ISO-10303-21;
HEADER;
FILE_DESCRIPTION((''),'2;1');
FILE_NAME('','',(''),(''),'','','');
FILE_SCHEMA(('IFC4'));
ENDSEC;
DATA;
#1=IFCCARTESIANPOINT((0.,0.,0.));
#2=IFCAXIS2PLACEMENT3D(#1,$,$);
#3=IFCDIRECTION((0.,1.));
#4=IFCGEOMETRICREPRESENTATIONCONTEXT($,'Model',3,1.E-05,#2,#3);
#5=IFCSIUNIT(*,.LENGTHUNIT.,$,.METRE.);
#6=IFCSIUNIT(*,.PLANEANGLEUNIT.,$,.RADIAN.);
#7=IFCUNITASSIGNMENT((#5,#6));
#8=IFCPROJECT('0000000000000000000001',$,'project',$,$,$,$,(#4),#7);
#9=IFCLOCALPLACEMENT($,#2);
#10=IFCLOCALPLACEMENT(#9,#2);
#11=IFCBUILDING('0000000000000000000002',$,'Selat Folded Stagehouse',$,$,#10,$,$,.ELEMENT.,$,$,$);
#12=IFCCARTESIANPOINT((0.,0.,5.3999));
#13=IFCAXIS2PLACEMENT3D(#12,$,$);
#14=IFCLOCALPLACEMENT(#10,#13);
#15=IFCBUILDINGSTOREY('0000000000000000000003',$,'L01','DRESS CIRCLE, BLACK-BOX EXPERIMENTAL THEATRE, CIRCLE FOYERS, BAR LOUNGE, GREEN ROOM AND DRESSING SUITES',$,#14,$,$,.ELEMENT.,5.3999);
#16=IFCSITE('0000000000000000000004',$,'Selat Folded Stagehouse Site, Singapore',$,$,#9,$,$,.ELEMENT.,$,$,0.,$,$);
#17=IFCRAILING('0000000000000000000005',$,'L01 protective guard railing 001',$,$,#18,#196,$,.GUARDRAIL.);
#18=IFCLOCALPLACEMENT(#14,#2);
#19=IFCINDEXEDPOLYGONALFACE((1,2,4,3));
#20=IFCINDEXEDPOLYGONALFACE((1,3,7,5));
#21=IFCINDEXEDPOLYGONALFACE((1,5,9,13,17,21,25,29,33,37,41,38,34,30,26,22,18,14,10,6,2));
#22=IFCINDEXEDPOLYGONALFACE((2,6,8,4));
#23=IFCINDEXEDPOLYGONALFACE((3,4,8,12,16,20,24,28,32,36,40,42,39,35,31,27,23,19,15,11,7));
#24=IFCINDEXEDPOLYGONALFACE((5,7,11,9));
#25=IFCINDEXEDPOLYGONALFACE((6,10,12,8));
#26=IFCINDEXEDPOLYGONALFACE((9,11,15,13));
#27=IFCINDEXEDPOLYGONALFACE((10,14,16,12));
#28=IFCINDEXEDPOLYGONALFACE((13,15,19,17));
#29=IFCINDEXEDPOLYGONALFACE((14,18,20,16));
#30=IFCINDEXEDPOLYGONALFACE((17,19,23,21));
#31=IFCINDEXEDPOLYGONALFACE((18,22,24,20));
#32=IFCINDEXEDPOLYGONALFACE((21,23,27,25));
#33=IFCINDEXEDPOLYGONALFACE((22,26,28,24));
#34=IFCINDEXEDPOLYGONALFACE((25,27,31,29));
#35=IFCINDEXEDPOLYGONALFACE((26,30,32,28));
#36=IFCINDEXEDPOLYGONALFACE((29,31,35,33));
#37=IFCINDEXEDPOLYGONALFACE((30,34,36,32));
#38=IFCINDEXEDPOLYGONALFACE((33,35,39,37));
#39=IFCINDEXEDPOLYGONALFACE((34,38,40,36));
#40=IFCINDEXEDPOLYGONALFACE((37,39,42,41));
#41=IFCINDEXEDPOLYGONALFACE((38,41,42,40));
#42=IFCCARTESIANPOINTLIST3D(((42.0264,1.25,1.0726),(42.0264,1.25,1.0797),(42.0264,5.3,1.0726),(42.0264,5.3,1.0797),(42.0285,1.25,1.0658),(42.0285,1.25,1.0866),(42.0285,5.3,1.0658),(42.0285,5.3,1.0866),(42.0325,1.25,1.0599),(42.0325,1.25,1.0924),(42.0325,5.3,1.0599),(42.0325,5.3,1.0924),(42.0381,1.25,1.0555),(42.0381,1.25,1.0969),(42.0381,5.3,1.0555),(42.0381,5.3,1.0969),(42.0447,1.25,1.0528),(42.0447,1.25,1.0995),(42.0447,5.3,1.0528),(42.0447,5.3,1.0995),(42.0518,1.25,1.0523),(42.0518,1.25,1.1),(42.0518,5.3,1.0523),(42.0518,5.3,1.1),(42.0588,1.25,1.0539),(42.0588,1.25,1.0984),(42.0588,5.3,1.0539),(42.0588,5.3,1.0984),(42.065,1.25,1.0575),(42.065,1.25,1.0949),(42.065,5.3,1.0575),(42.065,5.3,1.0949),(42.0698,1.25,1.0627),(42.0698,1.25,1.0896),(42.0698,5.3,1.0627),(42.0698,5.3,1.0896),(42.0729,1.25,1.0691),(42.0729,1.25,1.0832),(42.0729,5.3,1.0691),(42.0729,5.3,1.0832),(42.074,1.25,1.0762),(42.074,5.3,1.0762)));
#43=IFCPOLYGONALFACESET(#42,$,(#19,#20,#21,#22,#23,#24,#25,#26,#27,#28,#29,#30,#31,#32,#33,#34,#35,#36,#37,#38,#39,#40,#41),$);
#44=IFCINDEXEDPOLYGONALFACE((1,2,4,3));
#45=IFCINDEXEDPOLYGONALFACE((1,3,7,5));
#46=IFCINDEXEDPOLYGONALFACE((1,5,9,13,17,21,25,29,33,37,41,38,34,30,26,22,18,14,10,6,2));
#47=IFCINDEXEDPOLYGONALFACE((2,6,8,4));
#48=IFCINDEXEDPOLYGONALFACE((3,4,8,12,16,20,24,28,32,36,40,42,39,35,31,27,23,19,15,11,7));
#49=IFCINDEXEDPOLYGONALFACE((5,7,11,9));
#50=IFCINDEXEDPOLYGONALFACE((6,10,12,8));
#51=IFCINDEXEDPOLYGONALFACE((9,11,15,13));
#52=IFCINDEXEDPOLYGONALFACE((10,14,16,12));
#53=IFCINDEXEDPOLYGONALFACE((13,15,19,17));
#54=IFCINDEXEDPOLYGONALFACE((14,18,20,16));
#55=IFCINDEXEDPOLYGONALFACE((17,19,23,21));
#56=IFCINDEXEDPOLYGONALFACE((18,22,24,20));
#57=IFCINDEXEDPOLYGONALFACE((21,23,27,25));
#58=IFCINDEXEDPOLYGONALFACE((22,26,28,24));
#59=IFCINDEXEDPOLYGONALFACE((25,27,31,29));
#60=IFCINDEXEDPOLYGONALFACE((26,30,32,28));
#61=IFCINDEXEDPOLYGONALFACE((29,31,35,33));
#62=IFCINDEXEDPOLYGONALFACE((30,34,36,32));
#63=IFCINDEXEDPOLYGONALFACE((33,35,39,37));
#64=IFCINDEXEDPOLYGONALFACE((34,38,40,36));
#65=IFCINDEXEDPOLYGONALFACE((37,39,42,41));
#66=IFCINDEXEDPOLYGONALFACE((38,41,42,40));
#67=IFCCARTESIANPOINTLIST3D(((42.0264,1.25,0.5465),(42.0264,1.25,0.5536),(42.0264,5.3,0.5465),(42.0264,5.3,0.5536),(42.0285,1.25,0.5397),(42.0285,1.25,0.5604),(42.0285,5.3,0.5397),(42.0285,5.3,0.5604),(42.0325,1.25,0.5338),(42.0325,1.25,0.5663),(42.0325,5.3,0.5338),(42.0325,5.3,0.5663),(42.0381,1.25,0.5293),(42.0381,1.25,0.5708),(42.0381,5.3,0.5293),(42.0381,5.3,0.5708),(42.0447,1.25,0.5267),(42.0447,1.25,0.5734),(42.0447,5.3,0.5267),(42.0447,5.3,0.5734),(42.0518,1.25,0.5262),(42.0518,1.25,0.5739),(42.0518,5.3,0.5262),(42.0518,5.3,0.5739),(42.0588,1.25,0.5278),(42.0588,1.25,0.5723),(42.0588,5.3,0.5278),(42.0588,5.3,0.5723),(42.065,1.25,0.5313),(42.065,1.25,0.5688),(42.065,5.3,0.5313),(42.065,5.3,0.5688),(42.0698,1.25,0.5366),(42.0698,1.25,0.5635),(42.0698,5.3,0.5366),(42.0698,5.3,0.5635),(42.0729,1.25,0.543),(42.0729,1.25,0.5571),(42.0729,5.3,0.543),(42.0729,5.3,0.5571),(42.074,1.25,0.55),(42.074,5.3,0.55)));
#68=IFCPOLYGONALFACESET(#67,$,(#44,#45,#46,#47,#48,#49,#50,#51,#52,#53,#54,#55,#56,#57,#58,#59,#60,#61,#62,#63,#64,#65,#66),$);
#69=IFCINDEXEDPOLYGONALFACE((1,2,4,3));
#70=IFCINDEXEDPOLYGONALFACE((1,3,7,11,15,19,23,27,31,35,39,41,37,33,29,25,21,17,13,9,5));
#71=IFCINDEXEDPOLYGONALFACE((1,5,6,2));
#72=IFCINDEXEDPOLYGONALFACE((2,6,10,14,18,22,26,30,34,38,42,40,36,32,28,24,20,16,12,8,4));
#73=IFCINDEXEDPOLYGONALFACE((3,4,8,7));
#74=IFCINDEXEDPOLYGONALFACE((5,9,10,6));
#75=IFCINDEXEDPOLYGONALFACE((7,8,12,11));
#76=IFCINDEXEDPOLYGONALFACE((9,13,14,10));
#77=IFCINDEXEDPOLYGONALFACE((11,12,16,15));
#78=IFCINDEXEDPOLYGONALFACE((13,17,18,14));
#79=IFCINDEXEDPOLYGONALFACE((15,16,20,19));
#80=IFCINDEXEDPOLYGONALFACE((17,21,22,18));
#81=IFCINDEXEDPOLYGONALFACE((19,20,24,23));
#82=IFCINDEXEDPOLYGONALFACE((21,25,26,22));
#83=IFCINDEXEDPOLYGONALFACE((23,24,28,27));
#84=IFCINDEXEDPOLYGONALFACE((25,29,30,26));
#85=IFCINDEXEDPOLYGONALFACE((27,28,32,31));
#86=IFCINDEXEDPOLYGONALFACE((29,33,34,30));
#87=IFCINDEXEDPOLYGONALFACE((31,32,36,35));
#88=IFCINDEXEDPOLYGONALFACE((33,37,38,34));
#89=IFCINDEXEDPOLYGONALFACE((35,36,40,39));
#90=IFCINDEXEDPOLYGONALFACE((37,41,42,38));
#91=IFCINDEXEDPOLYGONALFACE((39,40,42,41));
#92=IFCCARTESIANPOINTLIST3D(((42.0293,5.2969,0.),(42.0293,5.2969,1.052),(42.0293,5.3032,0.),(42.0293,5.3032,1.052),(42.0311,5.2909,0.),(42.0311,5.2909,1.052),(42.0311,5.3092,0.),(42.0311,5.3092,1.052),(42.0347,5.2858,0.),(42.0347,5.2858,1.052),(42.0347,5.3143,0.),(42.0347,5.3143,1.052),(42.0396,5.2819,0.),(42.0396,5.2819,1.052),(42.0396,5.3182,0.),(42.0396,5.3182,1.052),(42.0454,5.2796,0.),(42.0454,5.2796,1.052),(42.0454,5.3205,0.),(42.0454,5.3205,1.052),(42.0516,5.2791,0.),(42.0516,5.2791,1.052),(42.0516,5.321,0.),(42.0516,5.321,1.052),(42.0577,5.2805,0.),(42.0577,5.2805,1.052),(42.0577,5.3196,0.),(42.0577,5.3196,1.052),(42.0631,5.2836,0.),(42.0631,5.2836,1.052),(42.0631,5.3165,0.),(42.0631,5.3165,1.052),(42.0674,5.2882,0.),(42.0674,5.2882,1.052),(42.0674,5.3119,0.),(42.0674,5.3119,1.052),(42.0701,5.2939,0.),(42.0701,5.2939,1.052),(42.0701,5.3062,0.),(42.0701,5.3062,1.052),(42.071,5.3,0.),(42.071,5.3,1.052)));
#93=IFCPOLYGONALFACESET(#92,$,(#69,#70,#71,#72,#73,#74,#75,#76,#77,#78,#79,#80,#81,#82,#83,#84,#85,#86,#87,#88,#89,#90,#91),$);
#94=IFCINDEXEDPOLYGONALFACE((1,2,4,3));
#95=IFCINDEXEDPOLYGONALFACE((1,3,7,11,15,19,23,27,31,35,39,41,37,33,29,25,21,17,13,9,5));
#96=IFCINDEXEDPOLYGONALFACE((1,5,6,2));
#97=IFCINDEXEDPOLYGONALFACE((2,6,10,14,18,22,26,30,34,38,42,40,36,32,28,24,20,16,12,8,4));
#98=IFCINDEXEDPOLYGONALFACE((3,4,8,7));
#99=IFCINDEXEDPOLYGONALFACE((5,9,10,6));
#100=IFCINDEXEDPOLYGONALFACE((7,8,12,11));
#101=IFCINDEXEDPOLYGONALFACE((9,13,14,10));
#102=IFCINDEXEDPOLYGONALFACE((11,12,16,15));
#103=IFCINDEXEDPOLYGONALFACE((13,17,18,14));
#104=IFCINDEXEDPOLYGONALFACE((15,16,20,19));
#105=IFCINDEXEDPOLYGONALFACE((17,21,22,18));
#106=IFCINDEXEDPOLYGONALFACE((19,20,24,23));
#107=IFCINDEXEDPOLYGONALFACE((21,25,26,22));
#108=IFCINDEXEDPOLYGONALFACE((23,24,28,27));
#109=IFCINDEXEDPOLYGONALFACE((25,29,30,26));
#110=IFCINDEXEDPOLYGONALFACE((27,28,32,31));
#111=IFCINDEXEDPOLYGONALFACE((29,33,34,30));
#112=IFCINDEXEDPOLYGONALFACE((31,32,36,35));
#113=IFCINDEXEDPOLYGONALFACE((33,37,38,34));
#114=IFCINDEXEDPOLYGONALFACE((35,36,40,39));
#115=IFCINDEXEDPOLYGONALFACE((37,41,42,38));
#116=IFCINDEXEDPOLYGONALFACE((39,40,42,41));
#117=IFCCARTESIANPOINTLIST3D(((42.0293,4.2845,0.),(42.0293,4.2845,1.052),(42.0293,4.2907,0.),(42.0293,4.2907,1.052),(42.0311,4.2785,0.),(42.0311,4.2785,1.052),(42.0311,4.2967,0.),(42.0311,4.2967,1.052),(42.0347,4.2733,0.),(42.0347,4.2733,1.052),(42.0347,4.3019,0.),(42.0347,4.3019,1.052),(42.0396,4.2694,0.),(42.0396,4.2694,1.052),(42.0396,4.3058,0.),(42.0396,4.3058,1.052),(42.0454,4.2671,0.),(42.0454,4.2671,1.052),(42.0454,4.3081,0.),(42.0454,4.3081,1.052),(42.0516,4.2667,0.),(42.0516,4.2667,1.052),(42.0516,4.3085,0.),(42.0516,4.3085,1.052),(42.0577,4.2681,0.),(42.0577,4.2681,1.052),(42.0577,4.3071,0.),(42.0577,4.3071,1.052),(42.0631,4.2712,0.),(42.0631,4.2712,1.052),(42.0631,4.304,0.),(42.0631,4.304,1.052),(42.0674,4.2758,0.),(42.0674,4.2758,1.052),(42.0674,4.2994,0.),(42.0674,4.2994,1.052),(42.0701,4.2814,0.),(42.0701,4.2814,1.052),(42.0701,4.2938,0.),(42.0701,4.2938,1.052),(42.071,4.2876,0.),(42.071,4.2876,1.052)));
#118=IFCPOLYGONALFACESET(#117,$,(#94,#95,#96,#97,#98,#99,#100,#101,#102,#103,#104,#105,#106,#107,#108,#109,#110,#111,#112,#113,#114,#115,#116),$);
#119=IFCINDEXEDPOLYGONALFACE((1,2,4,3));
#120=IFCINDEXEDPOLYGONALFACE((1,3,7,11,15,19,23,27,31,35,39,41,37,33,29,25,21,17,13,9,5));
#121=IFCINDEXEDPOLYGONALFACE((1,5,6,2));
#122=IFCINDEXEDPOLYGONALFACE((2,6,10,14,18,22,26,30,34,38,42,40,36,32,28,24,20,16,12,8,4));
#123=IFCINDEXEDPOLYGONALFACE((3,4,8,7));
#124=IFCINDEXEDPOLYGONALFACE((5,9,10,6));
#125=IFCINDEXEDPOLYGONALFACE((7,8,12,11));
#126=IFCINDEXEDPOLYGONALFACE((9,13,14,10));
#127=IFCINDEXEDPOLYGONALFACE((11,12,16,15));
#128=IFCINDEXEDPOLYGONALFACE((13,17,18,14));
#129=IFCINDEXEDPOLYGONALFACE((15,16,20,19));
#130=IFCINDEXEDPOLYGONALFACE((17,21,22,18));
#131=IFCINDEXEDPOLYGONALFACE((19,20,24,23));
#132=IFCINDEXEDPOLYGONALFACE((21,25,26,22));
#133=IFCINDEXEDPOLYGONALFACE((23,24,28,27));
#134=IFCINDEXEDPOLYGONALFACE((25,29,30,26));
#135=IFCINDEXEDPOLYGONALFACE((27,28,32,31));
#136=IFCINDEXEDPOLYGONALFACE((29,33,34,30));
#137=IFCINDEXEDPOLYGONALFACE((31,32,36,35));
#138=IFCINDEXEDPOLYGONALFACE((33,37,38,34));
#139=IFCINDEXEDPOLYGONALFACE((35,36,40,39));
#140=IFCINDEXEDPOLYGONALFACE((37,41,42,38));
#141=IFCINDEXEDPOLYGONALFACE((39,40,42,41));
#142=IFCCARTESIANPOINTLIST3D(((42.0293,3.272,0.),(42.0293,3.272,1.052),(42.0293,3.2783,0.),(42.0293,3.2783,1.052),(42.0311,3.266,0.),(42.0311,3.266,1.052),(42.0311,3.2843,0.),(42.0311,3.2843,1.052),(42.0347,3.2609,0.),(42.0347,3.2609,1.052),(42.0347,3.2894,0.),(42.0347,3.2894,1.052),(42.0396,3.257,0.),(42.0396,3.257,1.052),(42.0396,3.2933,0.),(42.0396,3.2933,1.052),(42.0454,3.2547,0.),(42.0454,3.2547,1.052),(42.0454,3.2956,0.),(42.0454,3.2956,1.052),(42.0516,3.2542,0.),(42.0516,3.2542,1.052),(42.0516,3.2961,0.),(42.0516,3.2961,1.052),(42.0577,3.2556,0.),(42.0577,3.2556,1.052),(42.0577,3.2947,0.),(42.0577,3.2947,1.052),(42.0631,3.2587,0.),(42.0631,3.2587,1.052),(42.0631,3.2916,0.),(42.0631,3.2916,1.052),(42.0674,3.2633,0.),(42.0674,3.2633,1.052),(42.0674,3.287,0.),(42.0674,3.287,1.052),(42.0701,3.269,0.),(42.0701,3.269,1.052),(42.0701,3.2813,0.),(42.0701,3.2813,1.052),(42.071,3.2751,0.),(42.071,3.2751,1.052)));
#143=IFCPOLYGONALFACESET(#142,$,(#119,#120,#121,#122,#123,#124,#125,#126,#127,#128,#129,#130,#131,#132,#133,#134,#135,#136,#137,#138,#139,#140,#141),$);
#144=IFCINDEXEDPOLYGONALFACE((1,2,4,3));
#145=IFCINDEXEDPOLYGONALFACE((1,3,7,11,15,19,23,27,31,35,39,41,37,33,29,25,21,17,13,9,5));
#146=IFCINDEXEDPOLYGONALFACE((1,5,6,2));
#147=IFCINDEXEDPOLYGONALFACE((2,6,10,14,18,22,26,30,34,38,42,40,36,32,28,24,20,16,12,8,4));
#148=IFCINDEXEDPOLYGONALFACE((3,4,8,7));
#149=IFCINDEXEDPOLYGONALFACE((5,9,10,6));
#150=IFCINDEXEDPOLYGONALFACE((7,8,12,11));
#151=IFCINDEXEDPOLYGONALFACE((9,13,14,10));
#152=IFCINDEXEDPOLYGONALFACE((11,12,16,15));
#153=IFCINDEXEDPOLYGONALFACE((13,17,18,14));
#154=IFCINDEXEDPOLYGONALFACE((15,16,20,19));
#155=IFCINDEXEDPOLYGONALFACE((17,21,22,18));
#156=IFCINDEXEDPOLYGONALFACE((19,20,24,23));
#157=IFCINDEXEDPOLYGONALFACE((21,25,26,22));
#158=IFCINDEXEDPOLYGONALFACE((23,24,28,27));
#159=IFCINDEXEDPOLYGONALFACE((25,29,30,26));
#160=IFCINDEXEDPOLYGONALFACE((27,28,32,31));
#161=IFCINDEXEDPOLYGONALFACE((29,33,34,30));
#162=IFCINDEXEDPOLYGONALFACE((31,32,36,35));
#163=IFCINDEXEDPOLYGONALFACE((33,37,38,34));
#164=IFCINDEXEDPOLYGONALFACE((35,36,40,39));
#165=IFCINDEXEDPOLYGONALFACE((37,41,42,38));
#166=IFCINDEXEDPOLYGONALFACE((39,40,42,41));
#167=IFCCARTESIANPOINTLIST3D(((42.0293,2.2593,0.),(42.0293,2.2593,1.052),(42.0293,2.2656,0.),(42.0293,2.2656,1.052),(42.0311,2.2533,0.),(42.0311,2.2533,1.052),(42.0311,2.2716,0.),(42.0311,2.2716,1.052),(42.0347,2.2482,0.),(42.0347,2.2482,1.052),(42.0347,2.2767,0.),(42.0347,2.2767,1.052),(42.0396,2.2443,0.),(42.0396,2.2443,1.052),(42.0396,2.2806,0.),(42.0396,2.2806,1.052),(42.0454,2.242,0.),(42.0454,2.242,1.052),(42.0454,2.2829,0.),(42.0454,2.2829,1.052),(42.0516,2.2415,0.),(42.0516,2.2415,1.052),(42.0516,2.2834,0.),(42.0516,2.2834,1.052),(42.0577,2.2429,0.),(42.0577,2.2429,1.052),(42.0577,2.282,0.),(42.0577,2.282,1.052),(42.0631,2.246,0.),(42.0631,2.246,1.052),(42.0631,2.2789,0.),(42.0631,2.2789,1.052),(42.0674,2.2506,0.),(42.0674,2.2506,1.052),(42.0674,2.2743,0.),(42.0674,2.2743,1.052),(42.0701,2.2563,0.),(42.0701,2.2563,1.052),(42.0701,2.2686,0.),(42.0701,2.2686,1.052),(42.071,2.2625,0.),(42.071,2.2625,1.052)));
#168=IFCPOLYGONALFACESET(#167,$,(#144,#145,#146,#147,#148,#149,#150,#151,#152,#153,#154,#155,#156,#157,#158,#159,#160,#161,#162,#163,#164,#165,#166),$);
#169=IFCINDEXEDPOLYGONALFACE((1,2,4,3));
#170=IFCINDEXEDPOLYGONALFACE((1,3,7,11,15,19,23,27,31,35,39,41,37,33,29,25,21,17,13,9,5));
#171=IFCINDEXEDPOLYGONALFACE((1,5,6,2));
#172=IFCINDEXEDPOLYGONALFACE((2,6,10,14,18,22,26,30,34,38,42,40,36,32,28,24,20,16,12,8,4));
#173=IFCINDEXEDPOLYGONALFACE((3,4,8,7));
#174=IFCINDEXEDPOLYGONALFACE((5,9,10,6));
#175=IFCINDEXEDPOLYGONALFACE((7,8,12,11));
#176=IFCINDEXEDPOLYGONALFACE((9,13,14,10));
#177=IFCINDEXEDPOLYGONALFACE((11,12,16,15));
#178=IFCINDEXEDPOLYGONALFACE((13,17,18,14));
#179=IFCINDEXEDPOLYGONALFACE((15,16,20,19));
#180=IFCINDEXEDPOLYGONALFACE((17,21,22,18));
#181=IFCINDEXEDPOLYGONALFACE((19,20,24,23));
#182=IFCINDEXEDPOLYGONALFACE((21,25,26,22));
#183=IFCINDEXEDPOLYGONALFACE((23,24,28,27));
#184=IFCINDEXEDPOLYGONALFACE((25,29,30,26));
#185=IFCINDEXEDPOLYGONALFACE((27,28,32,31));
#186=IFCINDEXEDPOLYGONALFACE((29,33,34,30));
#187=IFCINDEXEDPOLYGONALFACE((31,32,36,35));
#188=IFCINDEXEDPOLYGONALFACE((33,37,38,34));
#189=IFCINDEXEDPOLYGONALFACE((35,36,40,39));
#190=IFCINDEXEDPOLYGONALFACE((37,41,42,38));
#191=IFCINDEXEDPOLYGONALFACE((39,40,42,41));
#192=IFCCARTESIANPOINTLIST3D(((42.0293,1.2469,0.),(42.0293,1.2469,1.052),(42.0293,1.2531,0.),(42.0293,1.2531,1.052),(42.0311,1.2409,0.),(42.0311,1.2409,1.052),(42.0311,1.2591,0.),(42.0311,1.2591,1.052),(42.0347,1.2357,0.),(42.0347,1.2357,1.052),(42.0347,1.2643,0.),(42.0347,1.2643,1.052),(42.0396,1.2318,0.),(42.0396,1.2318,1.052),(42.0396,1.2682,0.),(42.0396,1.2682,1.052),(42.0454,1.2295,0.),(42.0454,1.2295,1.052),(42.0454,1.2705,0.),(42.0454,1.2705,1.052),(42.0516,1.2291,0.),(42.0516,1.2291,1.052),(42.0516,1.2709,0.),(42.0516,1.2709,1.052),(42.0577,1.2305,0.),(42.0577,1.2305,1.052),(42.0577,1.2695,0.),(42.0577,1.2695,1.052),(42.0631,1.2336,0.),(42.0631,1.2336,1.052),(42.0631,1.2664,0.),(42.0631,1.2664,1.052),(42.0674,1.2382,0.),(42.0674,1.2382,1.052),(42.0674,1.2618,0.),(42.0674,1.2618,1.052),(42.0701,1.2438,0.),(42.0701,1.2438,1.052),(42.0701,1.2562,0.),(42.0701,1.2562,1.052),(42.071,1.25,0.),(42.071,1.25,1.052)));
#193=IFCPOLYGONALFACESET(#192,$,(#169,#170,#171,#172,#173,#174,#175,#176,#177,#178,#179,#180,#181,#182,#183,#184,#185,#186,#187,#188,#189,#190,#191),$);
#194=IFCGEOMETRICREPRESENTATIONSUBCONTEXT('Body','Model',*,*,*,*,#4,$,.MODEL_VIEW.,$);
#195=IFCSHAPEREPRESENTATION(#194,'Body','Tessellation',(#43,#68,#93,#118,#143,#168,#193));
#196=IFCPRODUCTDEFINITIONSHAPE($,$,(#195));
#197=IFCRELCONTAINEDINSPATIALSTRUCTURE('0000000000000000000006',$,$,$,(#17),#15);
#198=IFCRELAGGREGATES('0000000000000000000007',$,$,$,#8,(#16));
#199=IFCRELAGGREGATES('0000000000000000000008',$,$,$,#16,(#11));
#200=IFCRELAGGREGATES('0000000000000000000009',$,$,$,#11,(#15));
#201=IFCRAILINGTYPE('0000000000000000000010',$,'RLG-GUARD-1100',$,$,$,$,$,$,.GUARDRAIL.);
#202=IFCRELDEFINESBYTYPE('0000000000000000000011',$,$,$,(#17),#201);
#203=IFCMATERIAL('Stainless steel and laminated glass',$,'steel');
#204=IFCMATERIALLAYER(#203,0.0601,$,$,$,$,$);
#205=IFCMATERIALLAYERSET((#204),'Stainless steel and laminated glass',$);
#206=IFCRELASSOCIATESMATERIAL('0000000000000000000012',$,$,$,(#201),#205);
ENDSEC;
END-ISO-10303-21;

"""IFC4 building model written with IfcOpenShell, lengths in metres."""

from ifc_helpers import new_model, si_unit, direction, frame, origin, origin_2d, place, context, subcontext, project, spatial, circle, extrude, material, layer, layer_set, type_object, element, save


model = new_model("IFC4")

# Units and contexts
model_context = context("Model", 3, precision=1e-05, world=origin(), true_north=direction((0.0, 1.0)))
body_context = subcontext(model_context, "Body", "Model", "MODEL_VIEW")
ifc_project = project(units=[si_unit("LENGTHUNIT", "METRE"), si_unit("PLANEANGLEUNIT", "RADIAN")], contexts=[model_context])

# Site, building, storey
site_placement = place(None, origin())
site = spatial("IfcSite", under=ifc_project, at=site_placement, Name="Selat Folded Stagehouse Site, Singapore", CompositionType="ELEMENT", RefElevation=0.0)
building_placement = place(site_placement, origin())
building = spatial("IfcBuilding", under=site, at=building_placement, Name="Selat Folded Stagehouse", CompositionType="ELEMENT")
storey_placement = place(building_placement, frame((0.0, 0.0, 5.3999)))
storey = spatial("IfcBuildingStorey", under=building, at=storey_placement, Name="L01", Description="DRESS CIRCLE, BLACK-BOX EXPERIMENTAL THEATRE, CIRCLE FOYERS, BAR LOUNGE, GREEN ROOM AND DRESSING SUITES", CompositionType="ELEMENT", Elevation=5.3999)

# Railing
ifc_material_1 = material(Name="Stainless steel and laminated glass", Category="steel")
ifc_layer_1 = layer(ifc_material_1, 0.0601)
ifc_layer_set_1 = layer_set([ifc_layer_1], Name="Stainless steel and laminated glass")
railing_type = type_object("IfcRailingType", Name="RLG-GUARD-1100", PredefinedType="GUARDRAIL", material=ifc_layer_set_1)
railing_1_placement = place(storey_placement, frame((42.05, 5.3, 0.0)))
element("IfcRailing", 1, at=railing_1_placement, inside=storey, type_object=railing_type, Name="L01 protective guard railing 001", PredefinedType="GUARDRAIL", context=body_context, shape_type="SweptSolid", body=[
    extrude(circle(Radius=0.0239, at=origin_2d()), frame((0.0, 0.0, 1.0762), z_axis=(0.0, -1.0, 0.0), x_axis=(1.0, 0.0, 0.0)), (0.0, 0.0, 1.0), 4.05),
    extrude(circle(Radius=0.0239, at=origin_2d()), frame((0.0, 0.0, 0.55), z_axis=(0.0, -1.0, 0.0), x_axis=(1.0, 0.0, 0.0)), (0.0, 0.0, 1.0), 4.05),
    extrude(circle(Radius=0.021, at=origin_2d()), origin(), (0.0, 0.0, 1.0), 1.052),
    extrude(circle(Radius=0.021, at=origin_2d()), frame((0.0, -1.0125, 0.0)), (0.0, 0.0, 1.0), 1.052),
    extrude(circle(Radius=0.021, at=origin_2d()), frame((0.0, -2.0249, 0.0)), (0.0, 0.0, 1.0), 1.052),
    extrude(circle(Radius=0.021, at=origin_2d()), frame((0.0, -3.0376, 0.0)), (0.0, 0.0, 1.0), 1.052),
    extrude(circle(Radius=0.021, at=origin_2d()), frame((0.0, -4.05, 0.0)), (0.0, 0.0, 1.0), 1.052),
])

save(model, "model.ifc")
